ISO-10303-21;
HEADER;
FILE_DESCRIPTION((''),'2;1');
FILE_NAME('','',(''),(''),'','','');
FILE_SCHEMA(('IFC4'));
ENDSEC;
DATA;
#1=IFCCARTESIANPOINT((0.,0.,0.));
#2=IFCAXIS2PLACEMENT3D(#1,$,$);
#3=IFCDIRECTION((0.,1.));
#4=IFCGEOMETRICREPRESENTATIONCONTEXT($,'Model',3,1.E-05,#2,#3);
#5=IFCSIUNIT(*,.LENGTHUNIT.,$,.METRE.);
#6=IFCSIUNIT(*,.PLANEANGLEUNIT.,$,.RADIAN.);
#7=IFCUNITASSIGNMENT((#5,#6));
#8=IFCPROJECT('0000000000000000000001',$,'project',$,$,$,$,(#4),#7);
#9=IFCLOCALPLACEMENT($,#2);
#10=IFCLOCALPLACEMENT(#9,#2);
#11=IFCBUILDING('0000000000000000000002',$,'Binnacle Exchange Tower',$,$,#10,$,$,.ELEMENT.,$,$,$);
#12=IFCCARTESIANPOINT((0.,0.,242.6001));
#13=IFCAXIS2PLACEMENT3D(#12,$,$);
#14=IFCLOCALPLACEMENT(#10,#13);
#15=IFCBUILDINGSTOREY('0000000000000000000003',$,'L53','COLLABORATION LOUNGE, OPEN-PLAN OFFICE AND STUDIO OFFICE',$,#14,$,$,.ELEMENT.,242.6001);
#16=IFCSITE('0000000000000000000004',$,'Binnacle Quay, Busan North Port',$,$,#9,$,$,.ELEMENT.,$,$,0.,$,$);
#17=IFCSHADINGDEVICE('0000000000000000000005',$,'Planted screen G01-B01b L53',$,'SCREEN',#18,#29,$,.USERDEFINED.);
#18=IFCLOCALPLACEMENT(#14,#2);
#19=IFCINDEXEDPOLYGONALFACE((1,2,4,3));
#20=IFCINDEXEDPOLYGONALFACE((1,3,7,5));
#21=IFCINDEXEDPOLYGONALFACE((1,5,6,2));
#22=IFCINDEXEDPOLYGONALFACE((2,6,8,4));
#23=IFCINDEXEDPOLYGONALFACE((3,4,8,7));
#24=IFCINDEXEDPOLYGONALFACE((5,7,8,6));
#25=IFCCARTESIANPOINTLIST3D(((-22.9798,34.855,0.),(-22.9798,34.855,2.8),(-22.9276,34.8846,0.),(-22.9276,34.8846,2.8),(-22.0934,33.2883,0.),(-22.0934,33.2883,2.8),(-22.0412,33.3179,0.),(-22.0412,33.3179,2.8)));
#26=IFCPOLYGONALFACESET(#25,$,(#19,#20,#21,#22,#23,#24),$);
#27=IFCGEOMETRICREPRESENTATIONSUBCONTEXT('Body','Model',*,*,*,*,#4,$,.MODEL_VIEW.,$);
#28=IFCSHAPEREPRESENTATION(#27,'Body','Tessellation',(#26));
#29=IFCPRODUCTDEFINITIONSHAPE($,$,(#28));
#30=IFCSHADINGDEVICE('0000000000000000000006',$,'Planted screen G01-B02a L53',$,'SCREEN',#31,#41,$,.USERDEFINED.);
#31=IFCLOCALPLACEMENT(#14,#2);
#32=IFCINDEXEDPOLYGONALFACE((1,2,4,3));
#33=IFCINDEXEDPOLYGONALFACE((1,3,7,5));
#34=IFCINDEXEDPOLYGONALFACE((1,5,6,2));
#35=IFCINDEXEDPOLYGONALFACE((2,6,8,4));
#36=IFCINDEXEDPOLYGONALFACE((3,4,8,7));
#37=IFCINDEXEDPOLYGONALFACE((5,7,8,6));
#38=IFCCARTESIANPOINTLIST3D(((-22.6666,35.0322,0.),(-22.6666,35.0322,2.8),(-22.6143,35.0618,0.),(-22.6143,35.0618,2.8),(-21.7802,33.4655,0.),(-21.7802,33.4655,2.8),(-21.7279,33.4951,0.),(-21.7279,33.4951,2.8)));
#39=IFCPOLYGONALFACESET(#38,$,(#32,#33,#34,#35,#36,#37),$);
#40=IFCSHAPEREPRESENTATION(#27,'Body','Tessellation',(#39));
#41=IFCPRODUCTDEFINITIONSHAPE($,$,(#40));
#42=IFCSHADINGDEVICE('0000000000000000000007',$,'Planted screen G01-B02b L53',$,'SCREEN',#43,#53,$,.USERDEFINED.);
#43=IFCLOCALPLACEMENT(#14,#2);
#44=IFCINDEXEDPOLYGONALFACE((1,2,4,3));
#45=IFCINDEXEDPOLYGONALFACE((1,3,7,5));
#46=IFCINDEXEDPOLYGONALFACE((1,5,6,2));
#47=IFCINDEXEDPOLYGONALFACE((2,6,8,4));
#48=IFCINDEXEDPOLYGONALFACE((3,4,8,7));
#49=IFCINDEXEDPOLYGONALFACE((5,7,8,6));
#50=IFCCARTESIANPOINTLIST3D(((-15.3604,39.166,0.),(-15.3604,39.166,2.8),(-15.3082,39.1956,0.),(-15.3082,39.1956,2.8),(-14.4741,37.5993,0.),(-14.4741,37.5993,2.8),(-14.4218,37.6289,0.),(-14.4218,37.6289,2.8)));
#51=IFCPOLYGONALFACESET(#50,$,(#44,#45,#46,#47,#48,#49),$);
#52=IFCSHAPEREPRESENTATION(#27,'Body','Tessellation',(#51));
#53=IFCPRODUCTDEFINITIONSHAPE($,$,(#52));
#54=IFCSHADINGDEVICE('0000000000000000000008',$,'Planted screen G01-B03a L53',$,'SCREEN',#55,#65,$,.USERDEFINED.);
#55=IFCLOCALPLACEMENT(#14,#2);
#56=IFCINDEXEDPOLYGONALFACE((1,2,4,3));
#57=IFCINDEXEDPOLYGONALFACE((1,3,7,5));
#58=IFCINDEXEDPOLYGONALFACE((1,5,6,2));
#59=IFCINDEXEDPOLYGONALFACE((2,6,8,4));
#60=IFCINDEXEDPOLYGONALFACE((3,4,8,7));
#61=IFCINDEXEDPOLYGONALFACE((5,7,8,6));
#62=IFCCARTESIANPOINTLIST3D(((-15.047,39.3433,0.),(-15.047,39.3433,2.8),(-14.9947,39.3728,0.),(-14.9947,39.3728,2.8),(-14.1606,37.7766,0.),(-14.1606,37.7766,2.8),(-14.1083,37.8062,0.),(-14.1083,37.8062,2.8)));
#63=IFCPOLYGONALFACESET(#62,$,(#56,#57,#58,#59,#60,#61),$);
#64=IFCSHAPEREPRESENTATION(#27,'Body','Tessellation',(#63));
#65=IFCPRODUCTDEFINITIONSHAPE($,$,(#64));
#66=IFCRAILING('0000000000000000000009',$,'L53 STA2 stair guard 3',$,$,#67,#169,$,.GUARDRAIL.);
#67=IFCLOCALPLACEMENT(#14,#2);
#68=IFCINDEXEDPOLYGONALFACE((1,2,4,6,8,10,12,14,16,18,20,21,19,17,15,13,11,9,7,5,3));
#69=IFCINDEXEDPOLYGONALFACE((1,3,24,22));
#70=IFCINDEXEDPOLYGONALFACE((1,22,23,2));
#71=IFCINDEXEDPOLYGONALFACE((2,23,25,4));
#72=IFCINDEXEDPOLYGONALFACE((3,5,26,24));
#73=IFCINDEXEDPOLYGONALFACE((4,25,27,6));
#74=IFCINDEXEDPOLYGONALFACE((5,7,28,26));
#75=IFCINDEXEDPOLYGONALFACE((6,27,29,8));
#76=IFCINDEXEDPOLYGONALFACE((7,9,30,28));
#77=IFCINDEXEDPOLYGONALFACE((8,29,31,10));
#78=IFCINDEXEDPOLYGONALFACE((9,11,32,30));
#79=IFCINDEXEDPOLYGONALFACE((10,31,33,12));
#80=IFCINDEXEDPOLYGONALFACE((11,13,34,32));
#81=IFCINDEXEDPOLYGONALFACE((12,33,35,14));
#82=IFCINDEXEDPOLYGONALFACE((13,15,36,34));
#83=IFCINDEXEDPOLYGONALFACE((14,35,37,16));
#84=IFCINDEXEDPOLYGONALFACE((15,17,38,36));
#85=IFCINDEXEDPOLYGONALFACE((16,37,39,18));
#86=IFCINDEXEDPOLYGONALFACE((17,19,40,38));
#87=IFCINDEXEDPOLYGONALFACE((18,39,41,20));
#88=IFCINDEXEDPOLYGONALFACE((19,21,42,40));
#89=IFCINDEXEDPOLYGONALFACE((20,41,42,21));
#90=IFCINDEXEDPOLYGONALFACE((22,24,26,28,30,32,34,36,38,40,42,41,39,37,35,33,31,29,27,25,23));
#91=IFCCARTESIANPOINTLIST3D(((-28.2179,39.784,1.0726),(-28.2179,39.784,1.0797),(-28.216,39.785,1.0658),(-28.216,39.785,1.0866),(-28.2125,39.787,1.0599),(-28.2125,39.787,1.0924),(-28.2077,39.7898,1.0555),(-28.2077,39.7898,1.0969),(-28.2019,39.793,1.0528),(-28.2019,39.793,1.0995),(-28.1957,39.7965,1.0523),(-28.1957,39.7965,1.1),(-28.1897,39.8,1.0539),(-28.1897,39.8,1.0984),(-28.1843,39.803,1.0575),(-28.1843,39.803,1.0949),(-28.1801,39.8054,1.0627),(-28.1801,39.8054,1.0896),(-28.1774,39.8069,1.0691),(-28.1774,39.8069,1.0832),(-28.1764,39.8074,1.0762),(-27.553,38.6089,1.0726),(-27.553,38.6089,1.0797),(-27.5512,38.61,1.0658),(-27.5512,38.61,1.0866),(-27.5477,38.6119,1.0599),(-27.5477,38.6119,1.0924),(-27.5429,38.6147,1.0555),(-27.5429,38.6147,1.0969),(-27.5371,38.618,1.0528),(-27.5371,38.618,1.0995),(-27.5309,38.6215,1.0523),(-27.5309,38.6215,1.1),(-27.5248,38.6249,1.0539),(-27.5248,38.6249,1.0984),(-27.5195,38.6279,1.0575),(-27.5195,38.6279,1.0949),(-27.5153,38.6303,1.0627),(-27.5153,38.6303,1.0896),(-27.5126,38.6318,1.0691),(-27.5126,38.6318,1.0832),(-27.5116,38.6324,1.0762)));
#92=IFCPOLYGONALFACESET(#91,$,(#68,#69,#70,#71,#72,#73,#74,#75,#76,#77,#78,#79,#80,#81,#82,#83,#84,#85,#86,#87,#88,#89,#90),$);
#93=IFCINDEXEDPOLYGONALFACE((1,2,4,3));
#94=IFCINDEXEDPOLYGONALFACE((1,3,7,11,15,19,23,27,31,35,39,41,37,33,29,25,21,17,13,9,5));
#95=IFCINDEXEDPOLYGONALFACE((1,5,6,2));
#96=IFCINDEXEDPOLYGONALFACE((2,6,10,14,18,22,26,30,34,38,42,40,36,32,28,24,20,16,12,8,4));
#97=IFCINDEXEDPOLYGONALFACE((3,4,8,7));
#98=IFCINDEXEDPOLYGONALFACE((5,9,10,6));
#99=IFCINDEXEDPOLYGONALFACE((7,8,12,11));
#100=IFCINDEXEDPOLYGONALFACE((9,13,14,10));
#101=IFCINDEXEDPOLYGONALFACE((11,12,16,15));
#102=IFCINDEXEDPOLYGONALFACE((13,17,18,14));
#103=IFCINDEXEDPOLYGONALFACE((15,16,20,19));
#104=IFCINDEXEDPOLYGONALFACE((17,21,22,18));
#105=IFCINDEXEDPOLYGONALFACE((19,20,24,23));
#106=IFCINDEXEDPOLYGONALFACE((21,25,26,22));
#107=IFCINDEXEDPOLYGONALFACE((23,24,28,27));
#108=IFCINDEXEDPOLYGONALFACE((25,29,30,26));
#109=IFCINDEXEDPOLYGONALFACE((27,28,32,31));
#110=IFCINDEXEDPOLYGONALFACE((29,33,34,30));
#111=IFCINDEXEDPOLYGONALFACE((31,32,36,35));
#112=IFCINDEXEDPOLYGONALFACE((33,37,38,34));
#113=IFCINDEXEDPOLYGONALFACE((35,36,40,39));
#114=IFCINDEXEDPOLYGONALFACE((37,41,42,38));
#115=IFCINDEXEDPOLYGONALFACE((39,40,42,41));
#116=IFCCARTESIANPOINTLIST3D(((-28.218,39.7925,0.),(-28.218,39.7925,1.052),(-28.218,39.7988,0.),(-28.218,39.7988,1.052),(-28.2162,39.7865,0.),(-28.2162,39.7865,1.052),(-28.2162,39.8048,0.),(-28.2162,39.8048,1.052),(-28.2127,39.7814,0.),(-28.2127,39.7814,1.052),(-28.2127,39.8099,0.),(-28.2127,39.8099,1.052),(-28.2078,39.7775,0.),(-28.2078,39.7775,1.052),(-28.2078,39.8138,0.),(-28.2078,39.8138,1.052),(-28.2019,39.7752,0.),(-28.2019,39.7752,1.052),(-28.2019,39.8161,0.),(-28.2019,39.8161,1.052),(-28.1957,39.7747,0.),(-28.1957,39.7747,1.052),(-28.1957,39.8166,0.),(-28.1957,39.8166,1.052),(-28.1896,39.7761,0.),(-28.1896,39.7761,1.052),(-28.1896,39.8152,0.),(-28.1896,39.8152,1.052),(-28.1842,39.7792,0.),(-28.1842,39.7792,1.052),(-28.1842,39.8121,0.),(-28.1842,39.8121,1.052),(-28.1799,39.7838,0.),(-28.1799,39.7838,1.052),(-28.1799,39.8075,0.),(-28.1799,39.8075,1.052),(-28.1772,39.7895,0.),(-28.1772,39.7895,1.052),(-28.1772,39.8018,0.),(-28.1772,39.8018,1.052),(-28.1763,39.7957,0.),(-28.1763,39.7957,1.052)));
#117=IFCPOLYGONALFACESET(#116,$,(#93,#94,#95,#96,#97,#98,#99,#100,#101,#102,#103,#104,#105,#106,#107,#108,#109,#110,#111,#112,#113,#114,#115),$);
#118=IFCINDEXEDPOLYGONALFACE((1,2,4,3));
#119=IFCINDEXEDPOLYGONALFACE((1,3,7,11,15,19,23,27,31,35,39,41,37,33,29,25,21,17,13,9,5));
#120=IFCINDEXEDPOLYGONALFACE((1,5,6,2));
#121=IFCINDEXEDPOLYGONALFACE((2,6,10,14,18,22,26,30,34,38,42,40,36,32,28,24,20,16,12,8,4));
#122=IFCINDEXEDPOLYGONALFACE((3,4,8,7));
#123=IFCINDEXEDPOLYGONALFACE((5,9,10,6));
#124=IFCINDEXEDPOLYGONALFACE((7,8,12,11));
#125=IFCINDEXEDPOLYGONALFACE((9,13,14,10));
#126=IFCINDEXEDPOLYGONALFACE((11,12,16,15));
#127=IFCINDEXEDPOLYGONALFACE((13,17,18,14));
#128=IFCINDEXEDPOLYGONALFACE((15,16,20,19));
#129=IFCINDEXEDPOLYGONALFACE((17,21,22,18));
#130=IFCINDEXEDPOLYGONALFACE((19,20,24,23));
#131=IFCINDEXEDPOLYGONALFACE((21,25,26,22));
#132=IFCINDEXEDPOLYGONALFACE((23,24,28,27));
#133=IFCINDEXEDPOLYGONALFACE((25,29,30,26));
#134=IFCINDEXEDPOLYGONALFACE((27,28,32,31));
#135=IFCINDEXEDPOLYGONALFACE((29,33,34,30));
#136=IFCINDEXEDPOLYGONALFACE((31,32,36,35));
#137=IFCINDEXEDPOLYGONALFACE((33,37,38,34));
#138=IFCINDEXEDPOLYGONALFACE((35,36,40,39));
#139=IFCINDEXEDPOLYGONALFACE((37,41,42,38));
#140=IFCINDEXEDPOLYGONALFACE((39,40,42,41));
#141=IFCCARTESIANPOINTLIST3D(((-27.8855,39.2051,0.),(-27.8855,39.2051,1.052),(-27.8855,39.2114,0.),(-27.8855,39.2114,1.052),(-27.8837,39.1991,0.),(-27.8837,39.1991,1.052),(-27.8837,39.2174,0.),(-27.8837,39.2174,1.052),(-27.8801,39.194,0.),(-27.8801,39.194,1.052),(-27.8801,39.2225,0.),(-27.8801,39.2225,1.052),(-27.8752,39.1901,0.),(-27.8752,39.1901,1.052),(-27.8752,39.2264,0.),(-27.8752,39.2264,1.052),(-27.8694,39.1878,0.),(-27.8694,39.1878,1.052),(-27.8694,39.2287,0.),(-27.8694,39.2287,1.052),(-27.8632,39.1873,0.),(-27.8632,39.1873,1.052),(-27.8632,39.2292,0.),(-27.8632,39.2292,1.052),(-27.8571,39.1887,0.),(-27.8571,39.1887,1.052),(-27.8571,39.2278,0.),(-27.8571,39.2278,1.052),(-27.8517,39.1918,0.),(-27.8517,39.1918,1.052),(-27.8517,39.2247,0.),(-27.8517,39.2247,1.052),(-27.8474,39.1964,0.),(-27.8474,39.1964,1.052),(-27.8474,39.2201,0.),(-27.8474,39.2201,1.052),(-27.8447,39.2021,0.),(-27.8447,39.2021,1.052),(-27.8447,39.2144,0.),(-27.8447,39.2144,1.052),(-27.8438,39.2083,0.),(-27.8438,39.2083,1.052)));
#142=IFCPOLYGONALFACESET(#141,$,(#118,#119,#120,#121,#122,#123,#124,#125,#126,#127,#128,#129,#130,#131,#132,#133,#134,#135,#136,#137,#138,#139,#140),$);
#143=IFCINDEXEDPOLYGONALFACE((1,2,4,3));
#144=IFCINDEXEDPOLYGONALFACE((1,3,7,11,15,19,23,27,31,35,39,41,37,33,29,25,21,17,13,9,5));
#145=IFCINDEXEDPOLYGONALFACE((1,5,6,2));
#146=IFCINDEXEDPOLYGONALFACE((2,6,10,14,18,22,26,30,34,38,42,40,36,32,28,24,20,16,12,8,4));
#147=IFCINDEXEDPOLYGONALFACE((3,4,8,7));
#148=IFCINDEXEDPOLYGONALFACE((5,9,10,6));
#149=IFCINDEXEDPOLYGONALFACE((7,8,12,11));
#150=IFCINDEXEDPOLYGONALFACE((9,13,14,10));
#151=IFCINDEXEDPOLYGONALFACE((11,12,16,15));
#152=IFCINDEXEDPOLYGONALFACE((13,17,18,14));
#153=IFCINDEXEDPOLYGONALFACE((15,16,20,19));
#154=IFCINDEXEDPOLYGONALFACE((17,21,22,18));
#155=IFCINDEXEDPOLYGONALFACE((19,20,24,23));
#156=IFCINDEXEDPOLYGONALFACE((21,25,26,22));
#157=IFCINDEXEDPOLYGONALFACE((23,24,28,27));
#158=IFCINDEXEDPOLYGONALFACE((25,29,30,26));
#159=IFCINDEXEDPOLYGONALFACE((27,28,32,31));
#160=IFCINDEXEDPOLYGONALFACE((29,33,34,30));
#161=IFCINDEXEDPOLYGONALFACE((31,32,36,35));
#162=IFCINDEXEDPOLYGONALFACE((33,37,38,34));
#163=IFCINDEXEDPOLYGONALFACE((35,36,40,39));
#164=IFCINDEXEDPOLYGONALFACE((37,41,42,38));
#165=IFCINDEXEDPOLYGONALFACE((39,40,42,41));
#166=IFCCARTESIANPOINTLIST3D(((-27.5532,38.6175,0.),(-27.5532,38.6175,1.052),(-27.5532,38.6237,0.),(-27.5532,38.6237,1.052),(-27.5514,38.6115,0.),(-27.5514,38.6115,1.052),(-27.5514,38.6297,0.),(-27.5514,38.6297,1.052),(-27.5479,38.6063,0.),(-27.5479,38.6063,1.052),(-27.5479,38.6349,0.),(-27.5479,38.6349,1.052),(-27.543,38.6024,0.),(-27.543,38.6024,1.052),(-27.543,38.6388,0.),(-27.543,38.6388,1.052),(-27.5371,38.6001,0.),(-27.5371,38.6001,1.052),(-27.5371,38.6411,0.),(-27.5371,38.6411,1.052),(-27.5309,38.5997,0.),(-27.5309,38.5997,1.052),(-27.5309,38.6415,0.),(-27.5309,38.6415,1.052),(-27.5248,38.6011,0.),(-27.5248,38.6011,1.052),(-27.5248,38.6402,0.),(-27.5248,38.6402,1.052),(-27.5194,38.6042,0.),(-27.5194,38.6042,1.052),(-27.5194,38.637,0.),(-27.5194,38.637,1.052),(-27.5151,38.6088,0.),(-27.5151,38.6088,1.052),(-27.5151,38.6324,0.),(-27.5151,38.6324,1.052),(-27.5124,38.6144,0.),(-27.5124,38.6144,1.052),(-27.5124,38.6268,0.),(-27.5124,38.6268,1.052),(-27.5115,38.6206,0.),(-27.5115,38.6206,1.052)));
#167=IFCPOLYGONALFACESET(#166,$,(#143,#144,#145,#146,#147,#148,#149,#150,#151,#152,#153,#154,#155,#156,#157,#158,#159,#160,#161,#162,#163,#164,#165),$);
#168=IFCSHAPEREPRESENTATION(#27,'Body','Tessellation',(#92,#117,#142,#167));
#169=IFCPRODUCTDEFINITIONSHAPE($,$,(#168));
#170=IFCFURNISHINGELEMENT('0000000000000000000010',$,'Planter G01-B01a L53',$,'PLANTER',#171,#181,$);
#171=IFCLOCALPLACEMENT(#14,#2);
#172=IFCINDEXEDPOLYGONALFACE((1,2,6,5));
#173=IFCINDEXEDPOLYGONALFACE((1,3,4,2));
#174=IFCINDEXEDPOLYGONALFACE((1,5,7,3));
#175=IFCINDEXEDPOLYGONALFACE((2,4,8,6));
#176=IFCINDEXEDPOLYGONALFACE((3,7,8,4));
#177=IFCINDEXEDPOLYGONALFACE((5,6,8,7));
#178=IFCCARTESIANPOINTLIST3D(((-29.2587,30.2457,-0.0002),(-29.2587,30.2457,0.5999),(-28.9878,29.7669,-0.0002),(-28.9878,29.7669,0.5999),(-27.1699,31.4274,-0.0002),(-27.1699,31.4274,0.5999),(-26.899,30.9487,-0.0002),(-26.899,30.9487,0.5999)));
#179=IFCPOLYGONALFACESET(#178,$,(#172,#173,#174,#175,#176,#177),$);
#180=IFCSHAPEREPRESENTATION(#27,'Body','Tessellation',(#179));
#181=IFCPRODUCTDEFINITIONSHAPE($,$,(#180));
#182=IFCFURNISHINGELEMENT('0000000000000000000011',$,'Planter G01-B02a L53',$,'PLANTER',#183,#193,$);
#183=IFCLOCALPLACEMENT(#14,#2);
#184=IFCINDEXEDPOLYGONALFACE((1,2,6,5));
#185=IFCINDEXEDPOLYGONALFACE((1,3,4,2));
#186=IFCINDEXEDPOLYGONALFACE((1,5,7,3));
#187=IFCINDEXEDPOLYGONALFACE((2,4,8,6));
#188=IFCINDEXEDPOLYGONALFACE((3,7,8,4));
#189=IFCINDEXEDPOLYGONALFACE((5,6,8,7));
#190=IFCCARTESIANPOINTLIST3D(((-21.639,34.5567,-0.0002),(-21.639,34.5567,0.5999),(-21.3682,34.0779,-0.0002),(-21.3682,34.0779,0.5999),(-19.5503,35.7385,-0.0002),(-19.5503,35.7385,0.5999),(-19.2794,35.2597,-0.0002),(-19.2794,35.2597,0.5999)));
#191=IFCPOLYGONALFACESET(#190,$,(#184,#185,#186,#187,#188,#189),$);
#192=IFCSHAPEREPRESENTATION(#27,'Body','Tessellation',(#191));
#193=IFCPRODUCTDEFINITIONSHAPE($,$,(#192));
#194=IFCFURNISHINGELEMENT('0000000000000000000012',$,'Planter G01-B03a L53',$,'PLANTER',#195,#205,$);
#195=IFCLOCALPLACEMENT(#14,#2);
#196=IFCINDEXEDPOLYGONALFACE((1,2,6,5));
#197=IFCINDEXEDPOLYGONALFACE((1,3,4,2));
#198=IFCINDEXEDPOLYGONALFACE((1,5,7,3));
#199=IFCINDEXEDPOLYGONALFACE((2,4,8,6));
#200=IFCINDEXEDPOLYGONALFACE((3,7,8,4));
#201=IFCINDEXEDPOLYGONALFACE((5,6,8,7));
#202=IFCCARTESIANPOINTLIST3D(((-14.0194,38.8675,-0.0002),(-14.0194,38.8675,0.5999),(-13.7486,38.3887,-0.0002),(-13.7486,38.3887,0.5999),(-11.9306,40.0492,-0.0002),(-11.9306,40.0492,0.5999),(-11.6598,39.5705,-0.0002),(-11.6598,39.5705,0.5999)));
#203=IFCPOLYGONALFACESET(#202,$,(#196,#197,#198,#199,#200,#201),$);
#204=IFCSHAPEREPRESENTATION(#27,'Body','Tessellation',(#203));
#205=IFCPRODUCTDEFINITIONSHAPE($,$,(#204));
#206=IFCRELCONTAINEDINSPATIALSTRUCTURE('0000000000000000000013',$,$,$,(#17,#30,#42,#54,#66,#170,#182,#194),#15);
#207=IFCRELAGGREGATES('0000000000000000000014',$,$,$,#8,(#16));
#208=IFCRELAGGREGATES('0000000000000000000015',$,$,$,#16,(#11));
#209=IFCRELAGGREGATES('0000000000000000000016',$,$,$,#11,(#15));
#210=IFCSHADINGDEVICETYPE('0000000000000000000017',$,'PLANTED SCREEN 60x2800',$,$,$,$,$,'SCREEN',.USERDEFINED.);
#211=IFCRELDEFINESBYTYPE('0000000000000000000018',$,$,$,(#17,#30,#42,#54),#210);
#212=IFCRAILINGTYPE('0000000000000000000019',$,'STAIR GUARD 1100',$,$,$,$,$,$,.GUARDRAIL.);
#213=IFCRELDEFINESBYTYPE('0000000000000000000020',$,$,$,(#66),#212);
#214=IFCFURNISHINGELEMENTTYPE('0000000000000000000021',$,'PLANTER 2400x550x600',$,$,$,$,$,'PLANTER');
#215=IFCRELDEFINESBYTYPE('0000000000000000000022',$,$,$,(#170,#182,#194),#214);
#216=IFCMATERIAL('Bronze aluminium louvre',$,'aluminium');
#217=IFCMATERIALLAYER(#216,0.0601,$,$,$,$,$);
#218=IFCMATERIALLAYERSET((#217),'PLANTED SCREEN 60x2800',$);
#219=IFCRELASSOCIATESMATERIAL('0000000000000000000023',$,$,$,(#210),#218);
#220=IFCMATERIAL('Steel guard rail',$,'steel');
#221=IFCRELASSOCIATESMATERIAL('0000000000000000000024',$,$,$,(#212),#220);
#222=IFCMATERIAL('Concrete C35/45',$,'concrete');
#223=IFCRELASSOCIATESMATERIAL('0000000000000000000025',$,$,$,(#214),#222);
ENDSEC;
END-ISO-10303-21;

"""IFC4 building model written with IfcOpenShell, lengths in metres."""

from ifc_helpers import new_model, si_unit, direction, frame, origin, origin_2d, place, context, subcontext, project, spatial, rectangle, circle, extrude, material, layer, layer_set, type_object, element, save


model = new_model("IFC4")

# Units and contexts
model_context = context("Model", 3, precision=1e-05, world=origin(), true_north=direction((0.0, 1.0)))
body_context = subcontext(model_context, "Body", "Model", "MODEL_VIEW")
ifc_project = project(units=[si_unit("LENGTHUNIT", "METRE"), si_unit("PLANEANGLEUNIT", "RADIAN")], contexts=[model_context])

# Site, building, storey
site_placement = place(None, origin())
site = spatial("IfcSite", under=ifc_project, at=site_placement, Name="Binnacle Quay, Busan North Port", CompositionType="ELEMENT", RefElevation=0.0)
building_placement = place(site_placement, origin())
building = spatial("IfcBuilding", under=site, at=building_placement, Name="Binnacle Exchange Tower", CompositionType="ELEMENT")
storey_placement = place(building_placement, frame((0.0, 0.0, 242.6001)))
storey = spatial("IfcBuildingStorey", under=building, at=storey_placement, Name="L53", Description="COLLABORATION LOUNGE, OPEN-PLAN OFFICE AND STUDIO OFFICE", CompositionType="ELEMENT", Elevation=242.6001)

# Shared definitions
ifc_material_1 = material(Name="Concrete C35/45", Category="concrete")

# Shading devices
ifc_material_2 = material(Name="Bronze aluminium louvre", Category="aluminium")
ifc_layer_1 = layer(ifc_material_2, 0.0601)
ifc_layer_set_1 = layer_set([ifc_layer_1], Name="PLANTED SCREEN 60x2800")
shading_device_type = type_object("IfcShadingDeviceType", Name="PLANTED SCREEN 60x2800", ElementType="SCREEN", PredefinedType="USERDEFINED", material=ifc_layer_set_1)
for number, where, z_axis, x_axis, name in (
    (1, (-22.5105, 34.0864, 0.0), (0.0, 0.0, 1.0), (0.870356, 0.492424, 0.0), "Planted screen G01-B01b L53"),
    (2, (-22.1973, 34.2637, 0.0), (0.0, 0.0, 1.0), (0.870356, 0.492424, 0.0), "Planted screen G01-B02a L53"),
    (3, (-14.8911, 38.3975, 0.0), (0.0, 0.0, 1.0), (0.870356, 0.492424, 0.0), "Planted screen G01-B02b L53"),
    (4, (-14.5776, 38.5747, 0.0), (0.0, 0.0, 1.0), (0.870356, 0.492424, 0.0), "Planted screen G01-B03a L53"),
):
    element("IfcShadingDevice", number, at=place(storey_placement, frame(where, z_axis=z_axis, x_axis=x_axis)), inside=storey, type_object=shading_device_type, Name=name, ObjectType="SCREEN", PredefinedType="USERDEFINED", context=body_context, shape_type="SweptSolid", body=[
        extrude(rectangle(XDim=0.0601, YDim=1.8, at=origin_2d()), origin(), (0.0, 0.0, 1.0), 2.8),
    ])

# Railing
ifc_material_3 = material(Name="Steel guard rail", Category="steel")
railing_type_1 = type_object("IfcRailingType", Name="STAIR GUARD 1100", PredefinedType="GUARDRAIL", material=ifc_material_3)
railing_1_placement = place(storey_placement, frame((-28.1973, 39.7957, 0.0)))
element("IfcRailing", 5, at=railing_1_placement, inside=storey, type_object=railing_type_1, Name="L53 STA2 stair guard 3", PredefinedType="GUARDRAIL", context=body_context, shape_type="SweptSolid", body=[
    extrude(circle(Radius=0.0239, at=origin_2d()), frame((0.0, 0.0, 1.0762), z_axis=(0.492415, -0.870361, 0.0), x_axis=(0.870361, 0.492415, 0.0)), (0.0, 0.0, 1.0), 1.3501),
    extrude(circle(Radius=0.021, at=origin_2d()), origin(), (0.0, 0.0, 1.0), 1.052),
    extrude(circle(Radius=0.021, at=origin_2d()), frame((0.3325, -0.5874, 0.0)), (0.0, 0.0, 1.0), 1.052),
    extrude(circle(Radius=0.021, at=origin_2d()), frame((0.6648, -1.175, 0.0)), (0.0, 0.0, 1.0), 1.052),
])

# Furnishing elements
furnishing_element_type = type_object("IfcFurnishingElementType", Name="PLANTER 2400x550x600", ElementType="PLANTER", material=ifc_material_1)
for number, where, z_axis, x_axis, name in (
    (6, (-28.0789, 30.5972, -0.0002), (0.0, 0.0, 1.0), (0.870356, 0.492424, 0.0), "Planter G01-B01a L53"),
    (7, (-20.4592, 34.9082, -0.0002), (0.0, 0.0, 1.0), (0.870356, 0.492424, 0.0), "Planter G01-B02a L53"),
    (8, (-12.8396, 39.219, -0.0002), (0.0, 0.0, 1.0), (0.870356, 0.492424, 0.0), "Planter G01-B03a L53"),
):
    element("IfcFurnishingElement", number, at=place(storey_placement, frame(where, z_axis=z_axis, x_axis=x_axis)), inside=storey, type_object=furnishing_element_type, Name=name, ObjectType="PLANTER", context=body_context, shape_type="SweptSolid", body=[
        extrude(rectangle(XDim=2.3999, YDim=0.55, at=origin_2d()), origin(), (0.0, 0.0, 1.0), 0.6001),
    ])

save(model, "model.ifc")
